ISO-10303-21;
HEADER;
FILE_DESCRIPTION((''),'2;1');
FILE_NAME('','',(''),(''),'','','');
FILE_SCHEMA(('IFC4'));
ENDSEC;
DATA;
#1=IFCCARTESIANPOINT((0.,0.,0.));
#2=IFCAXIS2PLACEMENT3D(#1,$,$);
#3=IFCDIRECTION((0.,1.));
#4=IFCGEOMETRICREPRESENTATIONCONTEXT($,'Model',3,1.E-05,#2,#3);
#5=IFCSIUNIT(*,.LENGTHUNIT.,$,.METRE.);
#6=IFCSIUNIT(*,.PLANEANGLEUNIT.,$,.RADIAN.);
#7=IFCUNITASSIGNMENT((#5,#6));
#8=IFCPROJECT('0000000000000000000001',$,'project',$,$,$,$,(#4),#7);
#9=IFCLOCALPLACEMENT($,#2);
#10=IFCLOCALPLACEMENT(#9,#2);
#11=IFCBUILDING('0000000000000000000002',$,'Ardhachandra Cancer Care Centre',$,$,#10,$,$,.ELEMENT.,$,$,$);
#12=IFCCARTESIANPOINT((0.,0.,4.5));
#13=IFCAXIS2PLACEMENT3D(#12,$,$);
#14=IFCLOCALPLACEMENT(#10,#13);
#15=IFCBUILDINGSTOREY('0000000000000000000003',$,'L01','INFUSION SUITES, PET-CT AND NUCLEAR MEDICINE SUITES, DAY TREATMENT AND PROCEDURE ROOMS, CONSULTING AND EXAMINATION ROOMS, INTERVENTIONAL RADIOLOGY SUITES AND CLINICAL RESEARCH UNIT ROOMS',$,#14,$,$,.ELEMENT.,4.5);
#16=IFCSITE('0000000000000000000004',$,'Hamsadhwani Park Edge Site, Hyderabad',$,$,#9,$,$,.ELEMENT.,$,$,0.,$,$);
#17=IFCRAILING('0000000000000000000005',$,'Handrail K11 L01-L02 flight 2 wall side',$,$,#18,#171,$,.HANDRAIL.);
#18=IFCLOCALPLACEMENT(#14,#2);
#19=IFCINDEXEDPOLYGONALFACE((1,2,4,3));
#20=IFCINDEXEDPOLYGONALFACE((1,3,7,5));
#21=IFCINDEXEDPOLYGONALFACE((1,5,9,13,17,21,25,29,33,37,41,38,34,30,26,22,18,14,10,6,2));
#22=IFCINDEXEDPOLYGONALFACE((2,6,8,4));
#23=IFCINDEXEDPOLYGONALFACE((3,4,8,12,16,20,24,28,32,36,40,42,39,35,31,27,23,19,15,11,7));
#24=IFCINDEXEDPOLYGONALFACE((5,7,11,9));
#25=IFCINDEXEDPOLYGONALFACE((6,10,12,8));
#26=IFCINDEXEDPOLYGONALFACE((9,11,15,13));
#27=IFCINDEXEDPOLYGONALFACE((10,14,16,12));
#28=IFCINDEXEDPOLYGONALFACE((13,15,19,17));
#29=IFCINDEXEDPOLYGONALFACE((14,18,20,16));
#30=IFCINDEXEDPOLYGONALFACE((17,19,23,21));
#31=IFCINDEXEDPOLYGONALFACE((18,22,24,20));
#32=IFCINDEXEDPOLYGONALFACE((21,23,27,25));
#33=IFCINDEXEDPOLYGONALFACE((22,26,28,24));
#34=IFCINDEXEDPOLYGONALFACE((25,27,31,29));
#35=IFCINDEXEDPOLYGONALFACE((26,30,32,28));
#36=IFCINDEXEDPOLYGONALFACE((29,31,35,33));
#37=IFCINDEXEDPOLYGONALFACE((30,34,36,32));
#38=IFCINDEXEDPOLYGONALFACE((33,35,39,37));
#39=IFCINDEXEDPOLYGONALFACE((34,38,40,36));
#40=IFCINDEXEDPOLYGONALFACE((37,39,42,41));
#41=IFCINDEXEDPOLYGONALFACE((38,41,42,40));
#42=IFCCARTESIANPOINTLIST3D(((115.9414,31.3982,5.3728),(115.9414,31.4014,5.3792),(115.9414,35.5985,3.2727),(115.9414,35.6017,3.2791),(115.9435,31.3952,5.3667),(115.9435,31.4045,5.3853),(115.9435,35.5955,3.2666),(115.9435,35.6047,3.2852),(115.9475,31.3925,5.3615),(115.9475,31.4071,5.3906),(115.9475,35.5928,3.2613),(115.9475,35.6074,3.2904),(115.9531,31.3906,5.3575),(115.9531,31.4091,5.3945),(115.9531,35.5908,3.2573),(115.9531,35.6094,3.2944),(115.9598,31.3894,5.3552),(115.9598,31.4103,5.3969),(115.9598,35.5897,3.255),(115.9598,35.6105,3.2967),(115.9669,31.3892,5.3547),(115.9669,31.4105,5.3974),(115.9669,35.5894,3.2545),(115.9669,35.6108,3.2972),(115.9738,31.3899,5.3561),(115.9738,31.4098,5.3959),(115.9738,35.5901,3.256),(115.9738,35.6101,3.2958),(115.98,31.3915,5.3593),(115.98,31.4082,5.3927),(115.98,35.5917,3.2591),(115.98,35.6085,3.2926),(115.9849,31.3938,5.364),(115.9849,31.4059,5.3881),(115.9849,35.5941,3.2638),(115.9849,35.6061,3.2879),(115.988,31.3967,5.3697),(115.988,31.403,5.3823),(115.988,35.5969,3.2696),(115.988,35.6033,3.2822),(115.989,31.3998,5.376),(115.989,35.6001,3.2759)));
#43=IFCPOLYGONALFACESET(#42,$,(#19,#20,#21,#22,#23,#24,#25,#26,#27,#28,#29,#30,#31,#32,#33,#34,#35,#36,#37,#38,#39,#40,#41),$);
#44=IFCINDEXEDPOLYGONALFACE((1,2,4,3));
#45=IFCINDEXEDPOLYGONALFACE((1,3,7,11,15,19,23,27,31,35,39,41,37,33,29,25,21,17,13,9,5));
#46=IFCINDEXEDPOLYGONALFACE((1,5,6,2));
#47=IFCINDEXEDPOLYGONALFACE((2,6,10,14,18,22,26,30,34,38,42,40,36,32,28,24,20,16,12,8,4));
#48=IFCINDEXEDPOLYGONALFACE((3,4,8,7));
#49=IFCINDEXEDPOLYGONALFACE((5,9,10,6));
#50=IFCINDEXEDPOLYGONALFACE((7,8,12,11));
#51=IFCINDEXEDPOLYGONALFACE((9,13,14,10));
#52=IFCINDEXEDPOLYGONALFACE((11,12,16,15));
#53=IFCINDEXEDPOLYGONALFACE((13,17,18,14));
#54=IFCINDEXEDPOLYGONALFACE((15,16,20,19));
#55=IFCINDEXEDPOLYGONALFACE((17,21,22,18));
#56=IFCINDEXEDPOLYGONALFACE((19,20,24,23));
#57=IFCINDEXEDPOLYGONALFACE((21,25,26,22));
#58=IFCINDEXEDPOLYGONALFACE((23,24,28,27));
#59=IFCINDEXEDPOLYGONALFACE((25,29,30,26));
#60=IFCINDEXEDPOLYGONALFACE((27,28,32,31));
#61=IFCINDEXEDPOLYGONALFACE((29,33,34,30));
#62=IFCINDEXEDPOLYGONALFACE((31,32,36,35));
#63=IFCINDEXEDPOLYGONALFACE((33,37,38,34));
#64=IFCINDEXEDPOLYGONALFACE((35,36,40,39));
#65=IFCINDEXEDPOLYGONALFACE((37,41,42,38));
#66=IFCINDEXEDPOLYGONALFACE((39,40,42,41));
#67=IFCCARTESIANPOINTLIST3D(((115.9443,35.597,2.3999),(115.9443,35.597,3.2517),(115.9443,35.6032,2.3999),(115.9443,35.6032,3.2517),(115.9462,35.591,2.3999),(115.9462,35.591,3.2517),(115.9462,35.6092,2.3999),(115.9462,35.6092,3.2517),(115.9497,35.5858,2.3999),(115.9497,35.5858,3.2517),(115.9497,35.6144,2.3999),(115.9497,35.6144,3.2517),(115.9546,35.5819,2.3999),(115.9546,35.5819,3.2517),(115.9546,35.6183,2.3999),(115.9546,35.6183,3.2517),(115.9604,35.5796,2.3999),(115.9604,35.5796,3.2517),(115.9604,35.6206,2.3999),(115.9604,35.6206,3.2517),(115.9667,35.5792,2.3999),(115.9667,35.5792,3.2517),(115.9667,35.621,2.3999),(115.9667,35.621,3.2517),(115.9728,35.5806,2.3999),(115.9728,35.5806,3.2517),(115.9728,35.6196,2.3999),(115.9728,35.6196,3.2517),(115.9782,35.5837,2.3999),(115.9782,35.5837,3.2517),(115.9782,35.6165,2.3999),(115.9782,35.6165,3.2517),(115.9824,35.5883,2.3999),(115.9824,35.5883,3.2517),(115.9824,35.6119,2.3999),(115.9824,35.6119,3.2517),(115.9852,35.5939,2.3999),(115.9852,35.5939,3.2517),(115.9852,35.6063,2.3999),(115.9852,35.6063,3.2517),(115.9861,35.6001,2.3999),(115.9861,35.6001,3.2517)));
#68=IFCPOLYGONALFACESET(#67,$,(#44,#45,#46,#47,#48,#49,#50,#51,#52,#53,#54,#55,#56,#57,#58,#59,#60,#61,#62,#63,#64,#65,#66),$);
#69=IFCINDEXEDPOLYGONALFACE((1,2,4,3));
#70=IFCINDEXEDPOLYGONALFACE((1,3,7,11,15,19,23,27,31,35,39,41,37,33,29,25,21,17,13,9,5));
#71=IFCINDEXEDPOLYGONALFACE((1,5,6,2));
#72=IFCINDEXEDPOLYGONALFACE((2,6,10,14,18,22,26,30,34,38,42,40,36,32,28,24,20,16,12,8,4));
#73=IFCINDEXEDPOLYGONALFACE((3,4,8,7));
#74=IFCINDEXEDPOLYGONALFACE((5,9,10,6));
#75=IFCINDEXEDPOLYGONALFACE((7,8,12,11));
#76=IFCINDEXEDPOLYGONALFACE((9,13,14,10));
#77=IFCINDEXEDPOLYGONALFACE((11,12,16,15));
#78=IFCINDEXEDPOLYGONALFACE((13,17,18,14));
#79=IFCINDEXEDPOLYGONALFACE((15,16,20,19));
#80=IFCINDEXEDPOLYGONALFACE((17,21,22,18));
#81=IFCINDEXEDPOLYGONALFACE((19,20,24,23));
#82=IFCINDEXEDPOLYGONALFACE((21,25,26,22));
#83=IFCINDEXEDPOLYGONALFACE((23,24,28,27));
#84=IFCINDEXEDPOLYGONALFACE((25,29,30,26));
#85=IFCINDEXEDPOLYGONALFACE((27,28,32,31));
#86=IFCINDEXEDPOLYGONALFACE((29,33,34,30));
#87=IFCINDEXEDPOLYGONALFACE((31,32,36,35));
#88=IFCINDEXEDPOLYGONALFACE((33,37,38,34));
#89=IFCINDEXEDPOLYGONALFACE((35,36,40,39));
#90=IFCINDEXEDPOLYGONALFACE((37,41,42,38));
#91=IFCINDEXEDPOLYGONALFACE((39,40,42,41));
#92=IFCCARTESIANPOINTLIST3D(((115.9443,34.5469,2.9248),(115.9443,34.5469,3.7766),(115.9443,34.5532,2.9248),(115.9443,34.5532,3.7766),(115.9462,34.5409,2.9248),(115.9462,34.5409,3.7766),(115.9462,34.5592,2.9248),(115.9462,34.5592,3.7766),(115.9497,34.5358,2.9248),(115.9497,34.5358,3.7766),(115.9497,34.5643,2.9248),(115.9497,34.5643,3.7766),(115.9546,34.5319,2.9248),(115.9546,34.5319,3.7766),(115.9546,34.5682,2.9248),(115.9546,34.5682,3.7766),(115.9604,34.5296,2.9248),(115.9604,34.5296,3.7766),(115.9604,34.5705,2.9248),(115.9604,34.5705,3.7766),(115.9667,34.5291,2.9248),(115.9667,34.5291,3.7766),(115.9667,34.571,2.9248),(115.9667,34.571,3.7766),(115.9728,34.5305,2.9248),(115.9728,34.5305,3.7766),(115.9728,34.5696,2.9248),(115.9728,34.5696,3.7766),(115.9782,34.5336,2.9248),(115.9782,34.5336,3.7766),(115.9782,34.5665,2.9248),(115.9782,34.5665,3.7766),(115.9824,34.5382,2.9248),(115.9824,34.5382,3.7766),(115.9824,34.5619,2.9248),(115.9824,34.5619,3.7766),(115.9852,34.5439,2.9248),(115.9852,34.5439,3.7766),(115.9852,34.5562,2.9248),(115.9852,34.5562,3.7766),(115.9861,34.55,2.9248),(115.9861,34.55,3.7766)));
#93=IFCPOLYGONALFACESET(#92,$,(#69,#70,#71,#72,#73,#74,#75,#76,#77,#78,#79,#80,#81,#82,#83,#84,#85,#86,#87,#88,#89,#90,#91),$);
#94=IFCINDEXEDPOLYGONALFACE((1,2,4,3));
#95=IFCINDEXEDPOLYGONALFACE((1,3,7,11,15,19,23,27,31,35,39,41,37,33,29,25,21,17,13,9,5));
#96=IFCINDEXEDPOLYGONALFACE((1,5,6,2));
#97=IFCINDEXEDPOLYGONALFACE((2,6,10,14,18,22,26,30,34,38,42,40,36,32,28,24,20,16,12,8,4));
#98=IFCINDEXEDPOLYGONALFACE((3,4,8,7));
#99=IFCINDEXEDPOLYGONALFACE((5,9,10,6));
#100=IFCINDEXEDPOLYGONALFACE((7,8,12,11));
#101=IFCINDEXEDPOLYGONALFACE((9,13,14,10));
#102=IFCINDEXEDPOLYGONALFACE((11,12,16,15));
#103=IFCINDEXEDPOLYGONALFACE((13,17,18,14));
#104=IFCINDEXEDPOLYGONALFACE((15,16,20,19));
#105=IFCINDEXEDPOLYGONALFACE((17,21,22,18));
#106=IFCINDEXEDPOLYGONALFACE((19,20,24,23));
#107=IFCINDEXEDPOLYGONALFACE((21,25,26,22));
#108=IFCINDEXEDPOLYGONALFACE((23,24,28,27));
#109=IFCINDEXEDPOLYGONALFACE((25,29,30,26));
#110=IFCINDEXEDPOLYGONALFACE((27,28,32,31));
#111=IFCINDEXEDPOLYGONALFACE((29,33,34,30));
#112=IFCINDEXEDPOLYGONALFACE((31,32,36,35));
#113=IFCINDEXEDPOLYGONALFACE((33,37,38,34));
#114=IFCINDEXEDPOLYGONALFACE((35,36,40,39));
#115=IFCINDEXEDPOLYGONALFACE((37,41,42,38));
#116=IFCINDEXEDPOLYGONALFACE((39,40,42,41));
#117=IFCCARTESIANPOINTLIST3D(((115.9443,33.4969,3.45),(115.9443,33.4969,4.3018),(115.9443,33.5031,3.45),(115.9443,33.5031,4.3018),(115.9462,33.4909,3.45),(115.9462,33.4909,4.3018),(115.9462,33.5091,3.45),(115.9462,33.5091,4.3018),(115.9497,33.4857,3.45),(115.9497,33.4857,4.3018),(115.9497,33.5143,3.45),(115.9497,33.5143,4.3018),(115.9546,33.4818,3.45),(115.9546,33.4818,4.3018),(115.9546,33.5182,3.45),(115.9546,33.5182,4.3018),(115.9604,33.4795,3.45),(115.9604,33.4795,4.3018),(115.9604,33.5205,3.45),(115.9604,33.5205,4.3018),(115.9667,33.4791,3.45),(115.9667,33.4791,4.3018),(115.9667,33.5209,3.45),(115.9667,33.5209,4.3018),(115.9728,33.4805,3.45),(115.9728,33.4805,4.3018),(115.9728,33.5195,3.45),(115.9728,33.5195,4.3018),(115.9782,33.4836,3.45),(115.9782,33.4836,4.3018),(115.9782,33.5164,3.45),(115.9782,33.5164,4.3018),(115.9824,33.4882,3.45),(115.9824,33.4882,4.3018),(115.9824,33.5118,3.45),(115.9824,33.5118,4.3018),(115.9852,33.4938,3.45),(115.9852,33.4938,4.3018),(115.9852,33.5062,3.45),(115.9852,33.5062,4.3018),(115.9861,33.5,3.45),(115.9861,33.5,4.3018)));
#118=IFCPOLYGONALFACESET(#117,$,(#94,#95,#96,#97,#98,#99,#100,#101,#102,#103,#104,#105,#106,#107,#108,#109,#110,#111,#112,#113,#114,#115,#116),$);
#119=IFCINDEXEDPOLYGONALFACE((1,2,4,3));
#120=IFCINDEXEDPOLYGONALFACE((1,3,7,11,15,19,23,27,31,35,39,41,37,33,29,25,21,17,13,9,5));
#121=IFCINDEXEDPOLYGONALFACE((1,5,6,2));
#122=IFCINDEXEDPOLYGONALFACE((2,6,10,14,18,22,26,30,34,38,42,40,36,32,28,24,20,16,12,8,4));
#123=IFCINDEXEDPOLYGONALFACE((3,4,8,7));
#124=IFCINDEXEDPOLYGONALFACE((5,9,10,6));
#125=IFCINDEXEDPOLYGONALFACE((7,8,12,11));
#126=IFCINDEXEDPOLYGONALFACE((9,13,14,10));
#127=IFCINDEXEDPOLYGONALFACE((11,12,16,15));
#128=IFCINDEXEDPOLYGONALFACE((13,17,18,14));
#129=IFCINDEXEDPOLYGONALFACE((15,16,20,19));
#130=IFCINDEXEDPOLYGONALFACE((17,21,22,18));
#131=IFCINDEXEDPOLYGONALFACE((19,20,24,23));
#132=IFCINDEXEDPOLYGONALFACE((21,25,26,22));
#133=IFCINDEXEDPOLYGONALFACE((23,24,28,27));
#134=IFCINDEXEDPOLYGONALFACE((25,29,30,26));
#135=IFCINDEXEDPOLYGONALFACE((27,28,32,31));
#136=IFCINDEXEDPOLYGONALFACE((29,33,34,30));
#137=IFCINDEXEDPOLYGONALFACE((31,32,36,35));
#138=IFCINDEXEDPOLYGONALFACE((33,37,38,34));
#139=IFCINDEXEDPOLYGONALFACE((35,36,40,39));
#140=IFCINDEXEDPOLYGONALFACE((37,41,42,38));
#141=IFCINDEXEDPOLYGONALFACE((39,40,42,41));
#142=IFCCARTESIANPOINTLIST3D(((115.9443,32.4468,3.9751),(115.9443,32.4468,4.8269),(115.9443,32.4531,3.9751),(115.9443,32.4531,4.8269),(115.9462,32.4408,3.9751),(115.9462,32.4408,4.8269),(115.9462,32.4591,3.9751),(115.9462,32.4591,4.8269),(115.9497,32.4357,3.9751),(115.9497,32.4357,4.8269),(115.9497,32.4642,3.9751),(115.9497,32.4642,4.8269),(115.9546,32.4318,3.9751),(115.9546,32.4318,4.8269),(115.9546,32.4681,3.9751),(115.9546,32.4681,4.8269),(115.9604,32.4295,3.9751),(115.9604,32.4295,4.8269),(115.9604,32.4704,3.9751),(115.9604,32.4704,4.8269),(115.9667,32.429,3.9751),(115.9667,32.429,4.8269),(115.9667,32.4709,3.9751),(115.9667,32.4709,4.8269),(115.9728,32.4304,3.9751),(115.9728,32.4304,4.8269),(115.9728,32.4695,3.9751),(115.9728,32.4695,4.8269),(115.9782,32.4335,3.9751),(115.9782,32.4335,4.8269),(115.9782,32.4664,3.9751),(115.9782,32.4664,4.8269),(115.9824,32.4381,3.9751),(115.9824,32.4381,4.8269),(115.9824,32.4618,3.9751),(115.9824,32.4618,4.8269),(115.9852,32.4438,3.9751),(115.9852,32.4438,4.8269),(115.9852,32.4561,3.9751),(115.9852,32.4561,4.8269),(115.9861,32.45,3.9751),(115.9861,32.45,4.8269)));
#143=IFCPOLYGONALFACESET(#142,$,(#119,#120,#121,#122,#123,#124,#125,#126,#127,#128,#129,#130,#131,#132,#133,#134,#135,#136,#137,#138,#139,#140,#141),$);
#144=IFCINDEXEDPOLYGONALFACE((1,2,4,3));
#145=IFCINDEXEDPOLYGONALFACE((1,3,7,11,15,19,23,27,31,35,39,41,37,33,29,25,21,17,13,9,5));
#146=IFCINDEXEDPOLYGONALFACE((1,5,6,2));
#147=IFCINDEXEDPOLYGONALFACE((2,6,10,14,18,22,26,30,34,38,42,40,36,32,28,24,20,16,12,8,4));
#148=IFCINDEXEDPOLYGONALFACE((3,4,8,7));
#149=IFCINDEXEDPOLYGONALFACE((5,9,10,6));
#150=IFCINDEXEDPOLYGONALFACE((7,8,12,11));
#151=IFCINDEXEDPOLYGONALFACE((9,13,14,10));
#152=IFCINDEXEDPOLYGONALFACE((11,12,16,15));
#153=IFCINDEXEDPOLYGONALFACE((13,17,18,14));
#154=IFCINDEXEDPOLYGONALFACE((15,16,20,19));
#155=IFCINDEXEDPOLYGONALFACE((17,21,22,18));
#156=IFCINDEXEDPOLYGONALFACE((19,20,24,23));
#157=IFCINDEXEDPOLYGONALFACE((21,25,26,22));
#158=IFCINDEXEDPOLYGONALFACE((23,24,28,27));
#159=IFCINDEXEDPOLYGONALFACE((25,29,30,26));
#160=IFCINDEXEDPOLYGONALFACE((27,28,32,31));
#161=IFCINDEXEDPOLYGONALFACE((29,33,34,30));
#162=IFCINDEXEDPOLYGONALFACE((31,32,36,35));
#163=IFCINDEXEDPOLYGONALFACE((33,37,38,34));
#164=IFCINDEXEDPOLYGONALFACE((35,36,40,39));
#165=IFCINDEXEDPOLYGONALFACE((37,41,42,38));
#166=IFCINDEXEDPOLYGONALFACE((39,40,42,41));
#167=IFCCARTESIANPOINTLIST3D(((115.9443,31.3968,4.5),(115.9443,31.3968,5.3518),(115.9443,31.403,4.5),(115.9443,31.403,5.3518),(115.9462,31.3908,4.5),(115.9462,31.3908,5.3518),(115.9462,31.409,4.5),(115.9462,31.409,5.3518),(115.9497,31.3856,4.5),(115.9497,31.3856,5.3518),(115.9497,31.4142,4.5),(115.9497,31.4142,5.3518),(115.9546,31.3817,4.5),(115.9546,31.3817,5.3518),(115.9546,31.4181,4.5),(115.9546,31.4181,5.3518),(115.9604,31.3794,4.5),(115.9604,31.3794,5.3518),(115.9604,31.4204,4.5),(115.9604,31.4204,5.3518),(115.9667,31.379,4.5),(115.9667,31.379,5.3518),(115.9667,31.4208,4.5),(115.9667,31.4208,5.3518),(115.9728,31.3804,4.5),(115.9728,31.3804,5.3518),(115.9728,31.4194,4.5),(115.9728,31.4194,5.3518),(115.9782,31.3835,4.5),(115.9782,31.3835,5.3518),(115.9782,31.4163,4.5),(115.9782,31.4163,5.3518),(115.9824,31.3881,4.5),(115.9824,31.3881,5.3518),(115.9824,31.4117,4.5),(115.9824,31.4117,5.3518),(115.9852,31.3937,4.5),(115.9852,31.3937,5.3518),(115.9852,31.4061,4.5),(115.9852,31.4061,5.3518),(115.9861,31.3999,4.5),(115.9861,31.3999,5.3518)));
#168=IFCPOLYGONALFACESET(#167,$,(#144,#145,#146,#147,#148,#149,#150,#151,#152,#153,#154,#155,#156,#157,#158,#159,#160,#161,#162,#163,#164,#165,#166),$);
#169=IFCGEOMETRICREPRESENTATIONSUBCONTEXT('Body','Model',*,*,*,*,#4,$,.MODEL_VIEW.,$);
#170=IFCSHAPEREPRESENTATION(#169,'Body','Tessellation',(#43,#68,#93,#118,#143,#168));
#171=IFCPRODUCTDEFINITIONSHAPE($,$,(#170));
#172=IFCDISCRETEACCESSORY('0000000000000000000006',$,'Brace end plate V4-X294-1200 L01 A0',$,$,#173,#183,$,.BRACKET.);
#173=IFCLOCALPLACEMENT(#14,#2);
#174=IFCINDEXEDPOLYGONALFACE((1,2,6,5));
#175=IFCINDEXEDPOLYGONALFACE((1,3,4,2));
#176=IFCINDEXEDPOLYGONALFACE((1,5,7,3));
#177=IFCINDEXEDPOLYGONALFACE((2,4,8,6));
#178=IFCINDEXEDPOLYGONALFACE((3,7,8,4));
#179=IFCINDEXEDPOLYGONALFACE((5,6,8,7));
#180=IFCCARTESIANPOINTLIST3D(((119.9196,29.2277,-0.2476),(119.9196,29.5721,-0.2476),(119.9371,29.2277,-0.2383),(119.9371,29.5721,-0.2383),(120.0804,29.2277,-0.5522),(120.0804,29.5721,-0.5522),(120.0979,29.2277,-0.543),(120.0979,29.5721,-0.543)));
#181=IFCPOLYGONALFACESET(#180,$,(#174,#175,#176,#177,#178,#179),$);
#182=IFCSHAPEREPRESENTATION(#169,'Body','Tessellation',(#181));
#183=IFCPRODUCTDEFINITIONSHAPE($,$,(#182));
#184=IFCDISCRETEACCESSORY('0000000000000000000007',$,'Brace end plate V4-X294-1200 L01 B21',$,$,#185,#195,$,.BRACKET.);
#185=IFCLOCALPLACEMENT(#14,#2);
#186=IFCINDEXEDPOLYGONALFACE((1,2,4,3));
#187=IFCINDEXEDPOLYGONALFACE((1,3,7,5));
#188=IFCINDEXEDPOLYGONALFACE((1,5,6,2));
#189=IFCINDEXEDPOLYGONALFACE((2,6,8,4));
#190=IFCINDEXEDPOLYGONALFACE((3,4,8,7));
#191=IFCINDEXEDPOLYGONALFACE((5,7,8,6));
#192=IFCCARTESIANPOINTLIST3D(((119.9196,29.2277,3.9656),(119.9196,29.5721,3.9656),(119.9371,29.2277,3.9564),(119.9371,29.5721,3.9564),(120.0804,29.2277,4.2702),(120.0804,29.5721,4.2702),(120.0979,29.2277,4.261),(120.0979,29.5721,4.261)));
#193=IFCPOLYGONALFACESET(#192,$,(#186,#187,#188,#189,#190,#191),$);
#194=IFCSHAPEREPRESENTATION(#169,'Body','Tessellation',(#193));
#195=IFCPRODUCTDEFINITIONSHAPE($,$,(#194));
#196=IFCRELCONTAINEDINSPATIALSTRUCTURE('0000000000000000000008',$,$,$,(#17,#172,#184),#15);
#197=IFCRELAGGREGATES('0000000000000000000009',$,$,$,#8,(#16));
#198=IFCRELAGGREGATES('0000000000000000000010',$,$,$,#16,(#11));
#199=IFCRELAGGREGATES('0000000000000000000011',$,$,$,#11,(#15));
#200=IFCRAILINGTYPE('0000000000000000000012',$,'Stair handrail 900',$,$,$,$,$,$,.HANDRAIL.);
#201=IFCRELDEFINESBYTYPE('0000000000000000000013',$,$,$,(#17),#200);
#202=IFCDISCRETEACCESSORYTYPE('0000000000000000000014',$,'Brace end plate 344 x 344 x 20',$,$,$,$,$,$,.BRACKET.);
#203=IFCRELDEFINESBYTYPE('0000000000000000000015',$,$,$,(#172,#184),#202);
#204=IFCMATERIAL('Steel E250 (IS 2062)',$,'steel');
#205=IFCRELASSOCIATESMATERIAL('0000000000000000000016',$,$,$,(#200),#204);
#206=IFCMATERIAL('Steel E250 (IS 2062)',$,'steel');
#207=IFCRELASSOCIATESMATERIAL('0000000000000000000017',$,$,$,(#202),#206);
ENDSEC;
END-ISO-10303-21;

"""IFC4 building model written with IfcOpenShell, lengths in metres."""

from ifc_helpers import new_model, si_unit, direction, frame, origin, origin_2d, place, context, subcontext, project, spatial, rectangle, circle, extrude, material, material_profile, profile_set, type_object, element, save


model = new_model("IFC4")

# Units and contexts
model_context = context("Model", 3, precision=1e-05, world=origin(), true_north=direction((0.0, 1.0)))
body_context = subcontext(model_context, "Body", "Model", "MODEL_VIEW")
ifc_project = project(units=[si_unit("LENGTHUNIT", "METRE"), si_unit("PLANEANGLEUNIT", "RADIAN")], contexts=[model_context])

# Site, building, storey
site_placement = place(None, origin())
site = spatial("IfcSite", under=ifc_project, at=site_placement, Name="Hamsadhwani Park Edge Site, Hyderabad", CompositionType="ELEMENT", RefElevation=0.0)
building_placement = place(site_placement, origin())
building = spatial("IfcBuilding", under=site, at=building_placement, Name="Ardhachandra Cancer Care Centre", CompositionType="ELEMENT")
storey_placement = place(building_placement, frame((0.0, 0.0, 4.5)))
storey = spatial("IfcBuildingStorey", under=building, at=storey_placement, Name="L01", Description="INFUSION SUITES, PET-CT AND NUCLEAR MEDICINE SUITES, DAY TREATMENT AND PROCEDURE ROOMS, CONSULTING AND EXAMINATION ROOMS, INTERVENTIONAL RADIOLOGY SUITES AND CLINICAL RESEARCH UNIT ROOMS", CompositionType="ELEMENT", Elevation=4.5)

# Railing
ifc_material_1 = material(Name="Steel E250 (IS 2062)", Category="steel")
railing_type = type_object("IfcRailingType", Name="Stair handrail 900", PredefinedType="HANDRAIL", material=ifc_material_1)
for number, where, name in (
    (1, (115.9651, 35.6001, 2.3999), "Handrail K11 L01-L02 flight 2 wall side"),
):
    element("IfcRailing", number, at=place(storey_placement, frame(where)), inside=storey, type_object=railing_type, Name=name, PredefinedType="HANDRAIL", context=body_context, shape_type="SweptSolid", body=[
        extrude(circle(Radius=0.0239, at=origin_2d()), frame((0.0, 0.0, 0.876), z_axis=(0.0, -0.894427, 0.447214), x_axis=(1.0, 0.0, 0.0)), (0.0, 0.0, 1.0), 4.696),
        extrude(circle(Radius=0.021, at=origin_2d()), origin(), (0.0, 0.0, 1.0), 0.8518),
        extrude(circle(Radius=0.021, at=origin_2d()), frame((0.0, -1.05, 0.5249)), (0.0, 0.0, 1.0), 0.8518),
        extrude(circle(Radius=0.021, at=origin_2d()), frame((0.0, -2.1001, 1.05)), (0.0, 0.0, 1.0), 0.8518),
        extrude(circle(Radius=0.021, at=origin_2d()), frame((0.0, -3.1501, 1.5752)), (0.0, 0.0, 1.0), 0.8518),
        extrude(circle(Radius=0.021, at=origin_2d()), frame((0.0, -4.2002, 2.1001)), (0.0, 0.0, 1.0), 0.8518),
    ])

# Discrete accessories
ifc_material_2 = material(Name="Steel E250 (IS 2062)", Category="steel")
ifc_material_profile_1 = material_profile(ifc_material_2, rectangle(XDim=0.3445, YDim=0.3445, at=origin_2d()), Name="PL 344x344x20")
ifc_profile_set_1 = profile_set([ifc_material_profile_1], Name="Steel E250 (IS 2062)")
discrete_accessory_type = type_object("IfcDiscreteAccessoryType", Name="Brace end plate 344 x 344 x 20", PredefinedType="BRACKET", material=ifc_profile_set_1)
for number, where, z_axis, x_axis, name in (
    (2, (120.0, 29.3999, -0.3999), (0.884385, 0.0, 0.466759), (0.0, 1.0, 0.0), "Brace end plate V4-X294-1200 L01 A0"),
    (3, (120.0, 29.3999, 4.1179), (0.884385, 0.0, -0.466759), (0.0, 1.0, 0.0), "Brace end plate V4-X294-1200 L01 B21"),
):
    element("IfcDiscreteAccessory", number, at=place(storey_placement, frame(where, z_axis=z_axis, x_axis=x_axis)), inside=storey, type_object=discrete_accessory_type, Name=name, PredefinedType="BRACKET", context=body_context, shape_type="SweptSolid", body=[
        extrude(rectangle(XDim=0.3445, YDim=0.3445, at=origin_2d()), origin(), (0.0, 0.0, 1.0), 0.0198),
    ])

save(model, "model.ifc")
